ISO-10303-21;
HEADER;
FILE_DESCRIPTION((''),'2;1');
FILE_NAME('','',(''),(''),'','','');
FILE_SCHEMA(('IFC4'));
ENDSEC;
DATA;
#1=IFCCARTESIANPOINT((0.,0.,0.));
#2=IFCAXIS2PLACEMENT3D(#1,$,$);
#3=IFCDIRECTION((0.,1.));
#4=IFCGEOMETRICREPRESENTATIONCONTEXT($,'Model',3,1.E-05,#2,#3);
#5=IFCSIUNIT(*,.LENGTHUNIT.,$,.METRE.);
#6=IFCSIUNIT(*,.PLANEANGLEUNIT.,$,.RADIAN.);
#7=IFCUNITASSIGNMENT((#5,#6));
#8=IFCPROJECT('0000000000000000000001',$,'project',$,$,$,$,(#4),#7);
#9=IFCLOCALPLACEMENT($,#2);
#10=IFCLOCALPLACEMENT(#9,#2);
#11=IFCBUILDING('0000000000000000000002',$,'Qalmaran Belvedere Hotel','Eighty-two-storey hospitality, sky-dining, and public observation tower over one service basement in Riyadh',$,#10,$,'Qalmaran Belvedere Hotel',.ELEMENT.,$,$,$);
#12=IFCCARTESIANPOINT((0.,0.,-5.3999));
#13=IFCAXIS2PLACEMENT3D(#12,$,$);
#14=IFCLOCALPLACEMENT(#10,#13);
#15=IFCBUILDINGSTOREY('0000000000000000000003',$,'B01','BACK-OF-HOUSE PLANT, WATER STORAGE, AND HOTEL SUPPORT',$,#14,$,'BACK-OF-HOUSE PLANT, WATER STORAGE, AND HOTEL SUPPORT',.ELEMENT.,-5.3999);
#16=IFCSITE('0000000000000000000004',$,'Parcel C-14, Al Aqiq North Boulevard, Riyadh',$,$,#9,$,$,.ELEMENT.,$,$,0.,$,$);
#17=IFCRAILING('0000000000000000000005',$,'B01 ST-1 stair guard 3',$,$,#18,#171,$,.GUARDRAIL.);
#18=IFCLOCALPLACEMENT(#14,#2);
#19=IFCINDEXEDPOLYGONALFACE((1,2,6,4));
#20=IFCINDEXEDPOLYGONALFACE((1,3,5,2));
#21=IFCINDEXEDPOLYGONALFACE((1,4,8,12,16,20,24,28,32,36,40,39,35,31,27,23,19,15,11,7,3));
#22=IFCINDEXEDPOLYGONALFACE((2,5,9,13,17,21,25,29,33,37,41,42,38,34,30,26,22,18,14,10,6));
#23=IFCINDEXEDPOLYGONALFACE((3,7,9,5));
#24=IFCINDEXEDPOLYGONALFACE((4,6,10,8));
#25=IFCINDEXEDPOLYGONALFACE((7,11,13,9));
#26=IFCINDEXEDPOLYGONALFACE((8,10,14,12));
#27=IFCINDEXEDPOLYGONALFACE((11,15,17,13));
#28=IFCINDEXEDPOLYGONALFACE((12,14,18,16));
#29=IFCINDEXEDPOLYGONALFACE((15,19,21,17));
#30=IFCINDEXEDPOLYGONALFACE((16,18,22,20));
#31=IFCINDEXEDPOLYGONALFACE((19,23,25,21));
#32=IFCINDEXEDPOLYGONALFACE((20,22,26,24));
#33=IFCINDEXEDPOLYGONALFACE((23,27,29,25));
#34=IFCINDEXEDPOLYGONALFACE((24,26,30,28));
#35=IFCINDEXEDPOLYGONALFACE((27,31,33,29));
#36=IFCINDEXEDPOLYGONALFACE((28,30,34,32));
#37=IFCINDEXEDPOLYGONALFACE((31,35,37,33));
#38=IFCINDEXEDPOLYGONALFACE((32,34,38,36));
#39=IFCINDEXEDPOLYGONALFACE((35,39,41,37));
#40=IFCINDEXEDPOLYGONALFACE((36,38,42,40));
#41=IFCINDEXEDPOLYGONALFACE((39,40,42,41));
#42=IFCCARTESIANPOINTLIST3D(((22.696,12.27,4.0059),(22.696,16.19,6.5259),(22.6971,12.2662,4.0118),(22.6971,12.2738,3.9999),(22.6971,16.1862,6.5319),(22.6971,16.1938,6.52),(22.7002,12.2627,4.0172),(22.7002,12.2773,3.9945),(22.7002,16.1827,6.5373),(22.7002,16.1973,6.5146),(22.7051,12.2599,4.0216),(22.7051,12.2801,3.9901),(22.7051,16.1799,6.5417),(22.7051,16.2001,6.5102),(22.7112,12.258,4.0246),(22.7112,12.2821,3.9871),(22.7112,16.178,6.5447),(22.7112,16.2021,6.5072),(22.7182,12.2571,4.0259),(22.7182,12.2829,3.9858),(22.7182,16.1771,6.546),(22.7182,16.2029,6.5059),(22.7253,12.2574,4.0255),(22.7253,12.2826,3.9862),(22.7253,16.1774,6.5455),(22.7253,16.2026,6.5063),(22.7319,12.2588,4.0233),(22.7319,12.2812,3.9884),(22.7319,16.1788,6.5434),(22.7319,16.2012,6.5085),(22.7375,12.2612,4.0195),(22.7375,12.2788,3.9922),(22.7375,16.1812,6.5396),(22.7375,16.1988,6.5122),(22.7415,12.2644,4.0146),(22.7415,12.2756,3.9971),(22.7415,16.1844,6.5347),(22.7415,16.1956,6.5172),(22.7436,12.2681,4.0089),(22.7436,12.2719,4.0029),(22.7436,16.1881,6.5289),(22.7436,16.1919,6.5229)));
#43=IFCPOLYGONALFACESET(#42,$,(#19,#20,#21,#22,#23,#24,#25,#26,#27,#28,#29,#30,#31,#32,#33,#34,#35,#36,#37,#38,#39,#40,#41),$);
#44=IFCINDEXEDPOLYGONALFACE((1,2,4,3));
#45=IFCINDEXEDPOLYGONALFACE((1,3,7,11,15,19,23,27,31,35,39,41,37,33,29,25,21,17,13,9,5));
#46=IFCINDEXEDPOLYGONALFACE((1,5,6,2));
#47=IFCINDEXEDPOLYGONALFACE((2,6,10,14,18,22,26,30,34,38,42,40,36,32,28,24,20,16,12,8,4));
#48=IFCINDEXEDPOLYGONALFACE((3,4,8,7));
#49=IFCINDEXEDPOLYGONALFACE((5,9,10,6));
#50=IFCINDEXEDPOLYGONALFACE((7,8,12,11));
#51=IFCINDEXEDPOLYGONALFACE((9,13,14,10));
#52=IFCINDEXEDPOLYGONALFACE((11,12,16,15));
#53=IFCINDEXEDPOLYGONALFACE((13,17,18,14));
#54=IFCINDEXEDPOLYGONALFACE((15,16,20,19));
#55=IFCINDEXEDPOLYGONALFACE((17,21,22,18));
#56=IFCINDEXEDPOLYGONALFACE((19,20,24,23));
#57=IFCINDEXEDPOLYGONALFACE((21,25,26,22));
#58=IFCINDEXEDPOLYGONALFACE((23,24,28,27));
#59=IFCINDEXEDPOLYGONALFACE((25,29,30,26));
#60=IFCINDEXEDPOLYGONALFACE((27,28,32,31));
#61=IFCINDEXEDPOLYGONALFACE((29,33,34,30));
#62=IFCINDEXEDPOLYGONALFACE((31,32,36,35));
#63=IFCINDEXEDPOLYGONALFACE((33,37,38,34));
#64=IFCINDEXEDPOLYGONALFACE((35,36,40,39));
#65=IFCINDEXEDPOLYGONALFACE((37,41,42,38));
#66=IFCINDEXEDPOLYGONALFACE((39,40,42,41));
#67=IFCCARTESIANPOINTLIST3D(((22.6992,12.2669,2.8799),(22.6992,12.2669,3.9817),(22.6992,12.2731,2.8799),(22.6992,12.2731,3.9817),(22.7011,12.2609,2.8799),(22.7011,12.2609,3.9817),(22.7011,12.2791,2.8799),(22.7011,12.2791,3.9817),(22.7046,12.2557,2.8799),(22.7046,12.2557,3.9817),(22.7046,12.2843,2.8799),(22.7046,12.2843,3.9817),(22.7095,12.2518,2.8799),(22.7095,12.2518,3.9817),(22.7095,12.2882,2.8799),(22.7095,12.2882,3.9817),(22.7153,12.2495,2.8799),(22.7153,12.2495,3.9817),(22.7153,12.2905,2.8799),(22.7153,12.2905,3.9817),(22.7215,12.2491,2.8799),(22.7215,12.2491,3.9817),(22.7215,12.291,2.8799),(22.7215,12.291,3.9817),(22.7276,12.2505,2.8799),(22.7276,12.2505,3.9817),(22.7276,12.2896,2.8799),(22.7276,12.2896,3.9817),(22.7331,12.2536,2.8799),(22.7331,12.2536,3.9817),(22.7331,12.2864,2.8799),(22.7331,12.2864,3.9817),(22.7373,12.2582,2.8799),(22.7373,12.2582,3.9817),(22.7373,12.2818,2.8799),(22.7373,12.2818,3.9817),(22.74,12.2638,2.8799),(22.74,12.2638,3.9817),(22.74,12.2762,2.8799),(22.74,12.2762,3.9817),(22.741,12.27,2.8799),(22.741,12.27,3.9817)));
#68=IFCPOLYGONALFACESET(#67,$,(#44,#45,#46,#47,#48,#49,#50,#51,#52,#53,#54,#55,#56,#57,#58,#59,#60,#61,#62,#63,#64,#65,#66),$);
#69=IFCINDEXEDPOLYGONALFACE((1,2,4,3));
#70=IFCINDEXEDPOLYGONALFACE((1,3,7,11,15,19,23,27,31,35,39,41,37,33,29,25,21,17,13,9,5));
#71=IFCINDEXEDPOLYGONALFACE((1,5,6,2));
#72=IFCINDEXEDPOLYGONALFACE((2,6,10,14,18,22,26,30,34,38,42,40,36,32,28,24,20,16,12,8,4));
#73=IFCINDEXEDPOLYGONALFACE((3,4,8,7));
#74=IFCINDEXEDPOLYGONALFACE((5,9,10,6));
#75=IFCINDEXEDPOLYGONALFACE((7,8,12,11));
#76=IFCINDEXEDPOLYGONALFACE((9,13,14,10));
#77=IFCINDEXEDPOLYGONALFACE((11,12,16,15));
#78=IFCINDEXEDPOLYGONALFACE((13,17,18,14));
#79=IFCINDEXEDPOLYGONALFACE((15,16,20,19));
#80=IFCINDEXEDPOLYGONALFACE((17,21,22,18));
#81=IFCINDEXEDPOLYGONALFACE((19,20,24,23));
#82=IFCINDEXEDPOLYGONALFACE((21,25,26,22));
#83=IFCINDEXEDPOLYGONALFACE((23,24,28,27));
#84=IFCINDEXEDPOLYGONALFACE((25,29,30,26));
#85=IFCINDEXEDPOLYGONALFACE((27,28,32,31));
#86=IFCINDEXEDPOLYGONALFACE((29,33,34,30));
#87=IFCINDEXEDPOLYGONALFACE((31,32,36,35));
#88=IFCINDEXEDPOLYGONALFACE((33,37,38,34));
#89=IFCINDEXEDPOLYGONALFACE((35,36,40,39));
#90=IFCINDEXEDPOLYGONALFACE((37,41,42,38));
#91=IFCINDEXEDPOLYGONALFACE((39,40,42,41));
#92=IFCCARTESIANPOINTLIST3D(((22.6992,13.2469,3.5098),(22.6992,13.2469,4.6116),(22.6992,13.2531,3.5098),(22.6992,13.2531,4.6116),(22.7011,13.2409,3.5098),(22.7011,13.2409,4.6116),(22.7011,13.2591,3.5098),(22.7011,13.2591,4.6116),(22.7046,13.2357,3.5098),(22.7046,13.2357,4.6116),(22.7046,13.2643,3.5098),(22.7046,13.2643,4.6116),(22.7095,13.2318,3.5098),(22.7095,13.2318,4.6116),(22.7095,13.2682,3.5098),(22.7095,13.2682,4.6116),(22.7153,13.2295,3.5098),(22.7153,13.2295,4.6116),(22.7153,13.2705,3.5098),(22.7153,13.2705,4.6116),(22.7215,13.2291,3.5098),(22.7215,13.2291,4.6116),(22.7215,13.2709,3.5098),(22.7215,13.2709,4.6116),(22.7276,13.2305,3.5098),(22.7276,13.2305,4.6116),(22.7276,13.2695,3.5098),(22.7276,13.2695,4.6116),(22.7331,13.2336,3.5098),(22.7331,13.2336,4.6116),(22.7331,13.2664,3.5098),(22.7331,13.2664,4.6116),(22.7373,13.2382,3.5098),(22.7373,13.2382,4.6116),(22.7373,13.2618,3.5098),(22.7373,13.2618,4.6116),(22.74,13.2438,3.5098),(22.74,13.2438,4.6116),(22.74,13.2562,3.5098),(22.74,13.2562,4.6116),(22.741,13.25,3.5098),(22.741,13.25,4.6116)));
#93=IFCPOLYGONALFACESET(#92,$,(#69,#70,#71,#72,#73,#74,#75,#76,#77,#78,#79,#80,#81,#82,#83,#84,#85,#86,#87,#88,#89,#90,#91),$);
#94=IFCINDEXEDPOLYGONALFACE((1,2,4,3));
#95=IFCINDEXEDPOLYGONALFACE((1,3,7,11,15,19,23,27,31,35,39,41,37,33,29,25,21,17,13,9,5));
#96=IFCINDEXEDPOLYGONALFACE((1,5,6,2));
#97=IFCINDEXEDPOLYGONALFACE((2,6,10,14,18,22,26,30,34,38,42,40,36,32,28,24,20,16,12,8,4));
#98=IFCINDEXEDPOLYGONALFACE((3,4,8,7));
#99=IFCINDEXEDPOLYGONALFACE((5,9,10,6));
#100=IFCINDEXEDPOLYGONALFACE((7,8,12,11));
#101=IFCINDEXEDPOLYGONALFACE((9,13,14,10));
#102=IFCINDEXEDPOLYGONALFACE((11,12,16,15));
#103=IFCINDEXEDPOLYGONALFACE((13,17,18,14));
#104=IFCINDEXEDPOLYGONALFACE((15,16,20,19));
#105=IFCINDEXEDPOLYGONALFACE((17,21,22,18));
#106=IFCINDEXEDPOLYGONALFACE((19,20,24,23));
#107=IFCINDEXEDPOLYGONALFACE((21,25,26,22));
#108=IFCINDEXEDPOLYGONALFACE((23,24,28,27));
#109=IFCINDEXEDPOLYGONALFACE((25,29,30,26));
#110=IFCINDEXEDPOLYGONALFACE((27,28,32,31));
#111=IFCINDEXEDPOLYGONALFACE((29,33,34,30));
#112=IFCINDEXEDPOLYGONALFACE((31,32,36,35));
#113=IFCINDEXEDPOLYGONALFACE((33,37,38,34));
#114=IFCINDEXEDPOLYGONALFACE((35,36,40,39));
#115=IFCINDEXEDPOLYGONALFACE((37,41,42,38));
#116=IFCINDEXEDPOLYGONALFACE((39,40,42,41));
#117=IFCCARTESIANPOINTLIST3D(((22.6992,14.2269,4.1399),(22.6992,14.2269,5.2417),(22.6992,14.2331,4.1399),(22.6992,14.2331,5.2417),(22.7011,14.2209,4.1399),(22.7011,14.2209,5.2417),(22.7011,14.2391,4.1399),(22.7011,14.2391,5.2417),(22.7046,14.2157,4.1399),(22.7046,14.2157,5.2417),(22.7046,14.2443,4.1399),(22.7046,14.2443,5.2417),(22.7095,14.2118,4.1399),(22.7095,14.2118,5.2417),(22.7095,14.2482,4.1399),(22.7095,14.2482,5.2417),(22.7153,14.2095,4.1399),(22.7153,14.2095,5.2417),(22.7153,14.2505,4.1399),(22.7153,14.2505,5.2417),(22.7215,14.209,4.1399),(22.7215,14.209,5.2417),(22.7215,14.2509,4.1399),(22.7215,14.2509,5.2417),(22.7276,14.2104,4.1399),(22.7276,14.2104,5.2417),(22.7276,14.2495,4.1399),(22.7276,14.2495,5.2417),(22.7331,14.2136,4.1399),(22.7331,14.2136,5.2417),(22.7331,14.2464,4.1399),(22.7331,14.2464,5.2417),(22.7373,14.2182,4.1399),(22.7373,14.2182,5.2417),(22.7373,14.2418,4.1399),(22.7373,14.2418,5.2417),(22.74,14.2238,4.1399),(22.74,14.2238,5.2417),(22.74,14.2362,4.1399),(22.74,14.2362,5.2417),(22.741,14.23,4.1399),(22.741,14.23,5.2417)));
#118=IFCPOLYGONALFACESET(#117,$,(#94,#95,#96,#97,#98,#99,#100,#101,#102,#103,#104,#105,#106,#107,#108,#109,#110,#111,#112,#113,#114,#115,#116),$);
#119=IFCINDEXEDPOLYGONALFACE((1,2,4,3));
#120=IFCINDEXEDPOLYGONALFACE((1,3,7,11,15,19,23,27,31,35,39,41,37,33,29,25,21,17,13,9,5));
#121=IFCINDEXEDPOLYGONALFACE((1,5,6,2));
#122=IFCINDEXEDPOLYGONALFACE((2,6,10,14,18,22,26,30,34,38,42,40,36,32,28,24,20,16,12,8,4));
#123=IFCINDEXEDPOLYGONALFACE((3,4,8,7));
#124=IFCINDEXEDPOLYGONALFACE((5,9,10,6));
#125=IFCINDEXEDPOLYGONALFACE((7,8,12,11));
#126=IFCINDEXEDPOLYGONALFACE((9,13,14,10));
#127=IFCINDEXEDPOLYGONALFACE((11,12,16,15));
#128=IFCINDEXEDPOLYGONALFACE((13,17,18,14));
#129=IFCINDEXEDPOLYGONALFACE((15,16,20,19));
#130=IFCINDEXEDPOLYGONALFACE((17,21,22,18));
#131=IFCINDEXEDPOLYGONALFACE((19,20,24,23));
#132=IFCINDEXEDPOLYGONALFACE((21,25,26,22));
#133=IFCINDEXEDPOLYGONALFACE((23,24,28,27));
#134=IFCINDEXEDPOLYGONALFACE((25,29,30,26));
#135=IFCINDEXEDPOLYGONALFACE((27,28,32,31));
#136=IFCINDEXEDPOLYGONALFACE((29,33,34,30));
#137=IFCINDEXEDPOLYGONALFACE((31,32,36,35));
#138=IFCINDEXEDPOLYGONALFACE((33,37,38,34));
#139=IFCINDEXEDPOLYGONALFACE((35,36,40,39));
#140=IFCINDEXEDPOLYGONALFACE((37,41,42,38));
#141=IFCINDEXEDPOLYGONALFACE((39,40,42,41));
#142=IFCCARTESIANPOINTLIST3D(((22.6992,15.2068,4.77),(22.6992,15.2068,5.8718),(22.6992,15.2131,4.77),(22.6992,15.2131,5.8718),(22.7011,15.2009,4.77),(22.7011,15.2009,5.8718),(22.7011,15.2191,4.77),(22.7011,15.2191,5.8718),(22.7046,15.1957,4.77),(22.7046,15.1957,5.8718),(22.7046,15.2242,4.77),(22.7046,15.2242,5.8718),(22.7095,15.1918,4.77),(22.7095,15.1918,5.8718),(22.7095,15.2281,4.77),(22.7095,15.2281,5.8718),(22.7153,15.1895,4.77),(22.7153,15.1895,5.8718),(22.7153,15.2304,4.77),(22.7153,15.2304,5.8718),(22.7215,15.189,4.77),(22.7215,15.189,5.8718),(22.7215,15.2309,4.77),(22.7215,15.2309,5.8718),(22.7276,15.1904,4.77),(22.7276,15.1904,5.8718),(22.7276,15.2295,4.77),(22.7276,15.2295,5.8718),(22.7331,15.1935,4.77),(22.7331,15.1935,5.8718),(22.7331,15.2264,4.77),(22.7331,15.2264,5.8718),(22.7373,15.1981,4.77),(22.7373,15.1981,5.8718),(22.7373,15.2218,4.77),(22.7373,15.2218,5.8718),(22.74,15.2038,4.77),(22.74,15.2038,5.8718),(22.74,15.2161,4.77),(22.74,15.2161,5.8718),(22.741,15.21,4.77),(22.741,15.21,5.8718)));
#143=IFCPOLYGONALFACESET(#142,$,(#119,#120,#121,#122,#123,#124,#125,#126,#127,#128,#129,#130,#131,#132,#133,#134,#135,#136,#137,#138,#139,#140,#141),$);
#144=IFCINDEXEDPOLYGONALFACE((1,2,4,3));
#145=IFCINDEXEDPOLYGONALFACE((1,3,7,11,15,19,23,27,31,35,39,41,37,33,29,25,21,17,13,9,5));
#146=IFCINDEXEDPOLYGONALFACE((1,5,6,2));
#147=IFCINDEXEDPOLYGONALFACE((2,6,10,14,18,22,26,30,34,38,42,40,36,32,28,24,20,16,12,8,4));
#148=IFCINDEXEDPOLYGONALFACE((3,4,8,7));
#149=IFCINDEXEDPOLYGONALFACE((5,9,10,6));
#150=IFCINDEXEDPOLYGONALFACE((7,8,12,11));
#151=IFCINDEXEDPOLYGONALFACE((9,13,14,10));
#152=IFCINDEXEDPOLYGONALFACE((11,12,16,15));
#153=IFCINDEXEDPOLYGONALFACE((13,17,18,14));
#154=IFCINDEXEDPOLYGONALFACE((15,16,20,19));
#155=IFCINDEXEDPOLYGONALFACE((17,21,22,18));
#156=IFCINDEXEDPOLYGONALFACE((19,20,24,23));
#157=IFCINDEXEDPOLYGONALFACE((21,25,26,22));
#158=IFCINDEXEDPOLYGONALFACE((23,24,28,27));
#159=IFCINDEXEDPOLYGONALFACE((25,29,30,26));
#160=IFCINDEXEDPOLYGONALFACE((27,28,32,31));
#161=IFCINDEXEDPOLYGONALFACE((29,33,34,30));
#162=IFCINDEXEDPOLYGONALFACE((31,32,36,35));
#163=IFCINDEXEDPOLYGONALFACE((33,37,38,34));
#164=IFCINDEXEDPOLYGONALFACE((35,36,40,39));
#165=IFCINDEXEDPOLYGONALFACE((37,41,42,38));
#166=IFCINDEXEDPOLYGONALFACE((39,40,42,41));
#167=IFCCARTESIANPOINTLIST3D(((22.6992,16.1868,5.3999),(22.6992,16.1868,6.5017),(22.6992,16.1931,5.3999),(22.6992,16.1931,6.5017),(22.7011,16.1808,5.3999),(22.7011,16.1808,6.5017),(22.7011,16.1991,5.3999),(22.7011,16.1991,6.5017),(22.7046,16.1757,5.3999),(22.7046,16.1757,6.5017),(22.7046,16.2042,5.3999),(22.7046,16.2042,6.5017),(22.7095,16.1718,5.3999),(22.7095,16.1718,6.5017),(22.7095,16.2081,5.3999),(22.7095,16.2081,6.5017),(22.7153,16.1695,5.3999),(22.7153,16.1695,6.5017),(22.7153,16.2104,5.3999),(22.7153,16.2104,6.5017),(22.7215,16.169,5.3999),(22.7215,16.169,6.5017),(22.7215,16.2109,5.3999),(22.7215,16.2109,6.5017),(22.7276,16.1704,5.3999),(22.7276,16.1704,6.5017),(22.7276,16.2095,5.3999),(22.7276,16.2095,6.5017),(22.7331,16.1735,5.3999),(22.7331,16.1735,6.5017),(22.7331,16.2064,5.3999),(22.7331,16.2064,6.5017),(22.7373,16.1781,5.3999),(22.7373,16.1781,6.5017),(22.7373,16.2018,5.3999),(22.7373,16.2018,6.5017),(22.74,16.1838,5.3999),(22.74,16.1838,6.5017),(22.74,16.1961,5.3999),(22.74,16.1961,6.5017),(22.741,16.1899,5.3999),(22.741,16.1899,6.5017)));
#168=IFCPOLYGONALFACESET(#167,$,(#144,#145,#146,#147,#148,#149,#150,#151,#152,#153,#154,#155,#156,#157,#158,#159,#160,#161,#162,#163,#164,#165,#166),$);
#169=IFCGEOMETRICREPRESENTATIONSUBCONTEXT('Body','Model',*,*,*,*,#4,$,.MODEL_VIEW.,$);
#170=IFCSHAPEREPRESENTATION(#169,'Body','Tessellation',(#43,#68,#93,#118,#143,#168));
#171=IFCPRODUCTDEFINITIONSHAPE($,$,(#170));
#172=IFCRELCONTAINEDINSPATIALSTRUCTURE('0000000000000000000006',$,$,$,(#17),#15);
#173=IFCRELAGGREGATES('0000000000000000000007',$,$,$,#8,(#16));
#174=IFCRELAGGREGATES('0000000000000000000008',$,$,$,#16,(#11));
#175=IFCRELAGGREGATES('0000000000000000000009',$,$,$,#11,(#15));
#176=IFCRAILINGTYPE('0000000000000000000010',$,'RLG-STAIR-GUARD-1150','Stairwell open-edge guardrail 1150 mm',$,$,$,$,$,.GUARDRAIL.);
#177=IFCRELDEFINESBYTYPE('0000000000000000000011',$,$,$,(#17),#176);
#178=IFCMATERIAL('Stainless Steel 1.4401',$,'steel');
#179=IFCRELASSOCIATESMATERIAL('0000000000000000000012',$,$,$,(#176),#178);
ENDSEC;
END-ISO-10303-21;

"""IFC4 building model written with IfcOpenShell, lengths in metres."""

from ifc_helpers import new_model, si_unit, direction, frame, origin, origin_2d, place, context, subcontext, project, spatial, circle, extrude, material, type_object, element, save


model = new_model("IFC4")

# Units and contexts
model_context = context("Model", 3, precision=1e-05, world=origin(), true_north=direction((0.0, 1.0)))
body_context = subcontext(model_context, "Body", "Model", "MODEL_VIEW")
ifc_project = project(units=[si_unit("LENGTHUNIT", "METRE"), si_unit("PLANEANGLEUNIT", "RADIAN")], contexts=[model_context])

# Site, building, storey
site_placement = place(None, origin())
site = spatial("IfcSite", under=ifc_project, at=site_placement, Name="Parcel C-14, Al Aqiq North Boulevard, Riyadh", CompositionType="ELEMENT", RefElevation=0.0)
building_placement = place(site_placement, origin())
building = spatial("IfcBuilding", under=site, at=building_placement, Name="Qalmaran Belvedere Hotel", Description="Eighty-two-storey hospitality, sky-dining, and public observation tower over one service basement in Riyadh", LongName="Qalmaran Belvedere Hotel", CompositionType="ELEMENT")
storey_placement = place(building_placement, frame((0.0, 0.0, -5.3999)))
storey = spatial("IfcBuildingStorey", under=building, at=storey_placement, Name="B01", Description="BACK-OF-HOUSE PLANT, WATER STORAGE, AND HOTEL SUPPORT", LongName="BACK-OF-HOUSE PLANT, WATER STORAGE, AND HOTEL SUPPORT", CompositionType="ELEMENT", Elevation=-5.3999)

# Railing
ifc_material_1 = material(Name="Stainless Steel 1.4401", Category="steel")
railing_type_1 = type_object("IfcRailingType", Name="RLG-STAIR-GUARD-1150", Description="Stairwell open-edge guardrail 1150 mm", PredefinedType="GUARDRAIL", material=ifc_material_1)
railing_1_placement = place(storey_placement, frame((22.72, 12.27, 2.8799)))
element("IfcRailing", 1, at=railing_1_placement, inside=storey, type_object=railing_type_1, Name="B01 ST-1 stair guard 3", PredefinedType="GUARDRAIL", context=body_context, shape_type="SweptSolid", body=[
    extrude(circle(Radius=0.0239, at=origin_2d()), frame((0.0, 0.0, 1.126), z_axis=(0.0, 0.841172, 0.540768), x_axis=(-1.0, 0.0, 0.0)), (0.0, 0.0, 1.0), 4.6602),
    extrude(circle(Radius=0.021, at=origin_2d()), origin(), (0.0, 0.0, 1.0), 1.1018),
    extrude(circle(Radius=0.021, at=origin_2d()), frame((0.0, 0.98, 0.6299)), (0.0, 0.0, 1.0), 1.1018),
    extrude(circle(Radius=0.021, at=origin_2d()), frame((0.0, 1.96, 1.26)), (0.0, 0.0, 1.0), 1.1018),
    extrude(circle(Radius=0.021, at=origin_2d()), frame((0.0, 2.9399, 1.8901)), (0.0, 0.0, 1.0), 1.1018),
    extrude(circle(Radius=0.021, at=origin_2d()), frame((0.0, 3.9199, 2.52)), (0.0, 0.0, 1.0), 1.1018),
])

save(model, "model.ifc")
